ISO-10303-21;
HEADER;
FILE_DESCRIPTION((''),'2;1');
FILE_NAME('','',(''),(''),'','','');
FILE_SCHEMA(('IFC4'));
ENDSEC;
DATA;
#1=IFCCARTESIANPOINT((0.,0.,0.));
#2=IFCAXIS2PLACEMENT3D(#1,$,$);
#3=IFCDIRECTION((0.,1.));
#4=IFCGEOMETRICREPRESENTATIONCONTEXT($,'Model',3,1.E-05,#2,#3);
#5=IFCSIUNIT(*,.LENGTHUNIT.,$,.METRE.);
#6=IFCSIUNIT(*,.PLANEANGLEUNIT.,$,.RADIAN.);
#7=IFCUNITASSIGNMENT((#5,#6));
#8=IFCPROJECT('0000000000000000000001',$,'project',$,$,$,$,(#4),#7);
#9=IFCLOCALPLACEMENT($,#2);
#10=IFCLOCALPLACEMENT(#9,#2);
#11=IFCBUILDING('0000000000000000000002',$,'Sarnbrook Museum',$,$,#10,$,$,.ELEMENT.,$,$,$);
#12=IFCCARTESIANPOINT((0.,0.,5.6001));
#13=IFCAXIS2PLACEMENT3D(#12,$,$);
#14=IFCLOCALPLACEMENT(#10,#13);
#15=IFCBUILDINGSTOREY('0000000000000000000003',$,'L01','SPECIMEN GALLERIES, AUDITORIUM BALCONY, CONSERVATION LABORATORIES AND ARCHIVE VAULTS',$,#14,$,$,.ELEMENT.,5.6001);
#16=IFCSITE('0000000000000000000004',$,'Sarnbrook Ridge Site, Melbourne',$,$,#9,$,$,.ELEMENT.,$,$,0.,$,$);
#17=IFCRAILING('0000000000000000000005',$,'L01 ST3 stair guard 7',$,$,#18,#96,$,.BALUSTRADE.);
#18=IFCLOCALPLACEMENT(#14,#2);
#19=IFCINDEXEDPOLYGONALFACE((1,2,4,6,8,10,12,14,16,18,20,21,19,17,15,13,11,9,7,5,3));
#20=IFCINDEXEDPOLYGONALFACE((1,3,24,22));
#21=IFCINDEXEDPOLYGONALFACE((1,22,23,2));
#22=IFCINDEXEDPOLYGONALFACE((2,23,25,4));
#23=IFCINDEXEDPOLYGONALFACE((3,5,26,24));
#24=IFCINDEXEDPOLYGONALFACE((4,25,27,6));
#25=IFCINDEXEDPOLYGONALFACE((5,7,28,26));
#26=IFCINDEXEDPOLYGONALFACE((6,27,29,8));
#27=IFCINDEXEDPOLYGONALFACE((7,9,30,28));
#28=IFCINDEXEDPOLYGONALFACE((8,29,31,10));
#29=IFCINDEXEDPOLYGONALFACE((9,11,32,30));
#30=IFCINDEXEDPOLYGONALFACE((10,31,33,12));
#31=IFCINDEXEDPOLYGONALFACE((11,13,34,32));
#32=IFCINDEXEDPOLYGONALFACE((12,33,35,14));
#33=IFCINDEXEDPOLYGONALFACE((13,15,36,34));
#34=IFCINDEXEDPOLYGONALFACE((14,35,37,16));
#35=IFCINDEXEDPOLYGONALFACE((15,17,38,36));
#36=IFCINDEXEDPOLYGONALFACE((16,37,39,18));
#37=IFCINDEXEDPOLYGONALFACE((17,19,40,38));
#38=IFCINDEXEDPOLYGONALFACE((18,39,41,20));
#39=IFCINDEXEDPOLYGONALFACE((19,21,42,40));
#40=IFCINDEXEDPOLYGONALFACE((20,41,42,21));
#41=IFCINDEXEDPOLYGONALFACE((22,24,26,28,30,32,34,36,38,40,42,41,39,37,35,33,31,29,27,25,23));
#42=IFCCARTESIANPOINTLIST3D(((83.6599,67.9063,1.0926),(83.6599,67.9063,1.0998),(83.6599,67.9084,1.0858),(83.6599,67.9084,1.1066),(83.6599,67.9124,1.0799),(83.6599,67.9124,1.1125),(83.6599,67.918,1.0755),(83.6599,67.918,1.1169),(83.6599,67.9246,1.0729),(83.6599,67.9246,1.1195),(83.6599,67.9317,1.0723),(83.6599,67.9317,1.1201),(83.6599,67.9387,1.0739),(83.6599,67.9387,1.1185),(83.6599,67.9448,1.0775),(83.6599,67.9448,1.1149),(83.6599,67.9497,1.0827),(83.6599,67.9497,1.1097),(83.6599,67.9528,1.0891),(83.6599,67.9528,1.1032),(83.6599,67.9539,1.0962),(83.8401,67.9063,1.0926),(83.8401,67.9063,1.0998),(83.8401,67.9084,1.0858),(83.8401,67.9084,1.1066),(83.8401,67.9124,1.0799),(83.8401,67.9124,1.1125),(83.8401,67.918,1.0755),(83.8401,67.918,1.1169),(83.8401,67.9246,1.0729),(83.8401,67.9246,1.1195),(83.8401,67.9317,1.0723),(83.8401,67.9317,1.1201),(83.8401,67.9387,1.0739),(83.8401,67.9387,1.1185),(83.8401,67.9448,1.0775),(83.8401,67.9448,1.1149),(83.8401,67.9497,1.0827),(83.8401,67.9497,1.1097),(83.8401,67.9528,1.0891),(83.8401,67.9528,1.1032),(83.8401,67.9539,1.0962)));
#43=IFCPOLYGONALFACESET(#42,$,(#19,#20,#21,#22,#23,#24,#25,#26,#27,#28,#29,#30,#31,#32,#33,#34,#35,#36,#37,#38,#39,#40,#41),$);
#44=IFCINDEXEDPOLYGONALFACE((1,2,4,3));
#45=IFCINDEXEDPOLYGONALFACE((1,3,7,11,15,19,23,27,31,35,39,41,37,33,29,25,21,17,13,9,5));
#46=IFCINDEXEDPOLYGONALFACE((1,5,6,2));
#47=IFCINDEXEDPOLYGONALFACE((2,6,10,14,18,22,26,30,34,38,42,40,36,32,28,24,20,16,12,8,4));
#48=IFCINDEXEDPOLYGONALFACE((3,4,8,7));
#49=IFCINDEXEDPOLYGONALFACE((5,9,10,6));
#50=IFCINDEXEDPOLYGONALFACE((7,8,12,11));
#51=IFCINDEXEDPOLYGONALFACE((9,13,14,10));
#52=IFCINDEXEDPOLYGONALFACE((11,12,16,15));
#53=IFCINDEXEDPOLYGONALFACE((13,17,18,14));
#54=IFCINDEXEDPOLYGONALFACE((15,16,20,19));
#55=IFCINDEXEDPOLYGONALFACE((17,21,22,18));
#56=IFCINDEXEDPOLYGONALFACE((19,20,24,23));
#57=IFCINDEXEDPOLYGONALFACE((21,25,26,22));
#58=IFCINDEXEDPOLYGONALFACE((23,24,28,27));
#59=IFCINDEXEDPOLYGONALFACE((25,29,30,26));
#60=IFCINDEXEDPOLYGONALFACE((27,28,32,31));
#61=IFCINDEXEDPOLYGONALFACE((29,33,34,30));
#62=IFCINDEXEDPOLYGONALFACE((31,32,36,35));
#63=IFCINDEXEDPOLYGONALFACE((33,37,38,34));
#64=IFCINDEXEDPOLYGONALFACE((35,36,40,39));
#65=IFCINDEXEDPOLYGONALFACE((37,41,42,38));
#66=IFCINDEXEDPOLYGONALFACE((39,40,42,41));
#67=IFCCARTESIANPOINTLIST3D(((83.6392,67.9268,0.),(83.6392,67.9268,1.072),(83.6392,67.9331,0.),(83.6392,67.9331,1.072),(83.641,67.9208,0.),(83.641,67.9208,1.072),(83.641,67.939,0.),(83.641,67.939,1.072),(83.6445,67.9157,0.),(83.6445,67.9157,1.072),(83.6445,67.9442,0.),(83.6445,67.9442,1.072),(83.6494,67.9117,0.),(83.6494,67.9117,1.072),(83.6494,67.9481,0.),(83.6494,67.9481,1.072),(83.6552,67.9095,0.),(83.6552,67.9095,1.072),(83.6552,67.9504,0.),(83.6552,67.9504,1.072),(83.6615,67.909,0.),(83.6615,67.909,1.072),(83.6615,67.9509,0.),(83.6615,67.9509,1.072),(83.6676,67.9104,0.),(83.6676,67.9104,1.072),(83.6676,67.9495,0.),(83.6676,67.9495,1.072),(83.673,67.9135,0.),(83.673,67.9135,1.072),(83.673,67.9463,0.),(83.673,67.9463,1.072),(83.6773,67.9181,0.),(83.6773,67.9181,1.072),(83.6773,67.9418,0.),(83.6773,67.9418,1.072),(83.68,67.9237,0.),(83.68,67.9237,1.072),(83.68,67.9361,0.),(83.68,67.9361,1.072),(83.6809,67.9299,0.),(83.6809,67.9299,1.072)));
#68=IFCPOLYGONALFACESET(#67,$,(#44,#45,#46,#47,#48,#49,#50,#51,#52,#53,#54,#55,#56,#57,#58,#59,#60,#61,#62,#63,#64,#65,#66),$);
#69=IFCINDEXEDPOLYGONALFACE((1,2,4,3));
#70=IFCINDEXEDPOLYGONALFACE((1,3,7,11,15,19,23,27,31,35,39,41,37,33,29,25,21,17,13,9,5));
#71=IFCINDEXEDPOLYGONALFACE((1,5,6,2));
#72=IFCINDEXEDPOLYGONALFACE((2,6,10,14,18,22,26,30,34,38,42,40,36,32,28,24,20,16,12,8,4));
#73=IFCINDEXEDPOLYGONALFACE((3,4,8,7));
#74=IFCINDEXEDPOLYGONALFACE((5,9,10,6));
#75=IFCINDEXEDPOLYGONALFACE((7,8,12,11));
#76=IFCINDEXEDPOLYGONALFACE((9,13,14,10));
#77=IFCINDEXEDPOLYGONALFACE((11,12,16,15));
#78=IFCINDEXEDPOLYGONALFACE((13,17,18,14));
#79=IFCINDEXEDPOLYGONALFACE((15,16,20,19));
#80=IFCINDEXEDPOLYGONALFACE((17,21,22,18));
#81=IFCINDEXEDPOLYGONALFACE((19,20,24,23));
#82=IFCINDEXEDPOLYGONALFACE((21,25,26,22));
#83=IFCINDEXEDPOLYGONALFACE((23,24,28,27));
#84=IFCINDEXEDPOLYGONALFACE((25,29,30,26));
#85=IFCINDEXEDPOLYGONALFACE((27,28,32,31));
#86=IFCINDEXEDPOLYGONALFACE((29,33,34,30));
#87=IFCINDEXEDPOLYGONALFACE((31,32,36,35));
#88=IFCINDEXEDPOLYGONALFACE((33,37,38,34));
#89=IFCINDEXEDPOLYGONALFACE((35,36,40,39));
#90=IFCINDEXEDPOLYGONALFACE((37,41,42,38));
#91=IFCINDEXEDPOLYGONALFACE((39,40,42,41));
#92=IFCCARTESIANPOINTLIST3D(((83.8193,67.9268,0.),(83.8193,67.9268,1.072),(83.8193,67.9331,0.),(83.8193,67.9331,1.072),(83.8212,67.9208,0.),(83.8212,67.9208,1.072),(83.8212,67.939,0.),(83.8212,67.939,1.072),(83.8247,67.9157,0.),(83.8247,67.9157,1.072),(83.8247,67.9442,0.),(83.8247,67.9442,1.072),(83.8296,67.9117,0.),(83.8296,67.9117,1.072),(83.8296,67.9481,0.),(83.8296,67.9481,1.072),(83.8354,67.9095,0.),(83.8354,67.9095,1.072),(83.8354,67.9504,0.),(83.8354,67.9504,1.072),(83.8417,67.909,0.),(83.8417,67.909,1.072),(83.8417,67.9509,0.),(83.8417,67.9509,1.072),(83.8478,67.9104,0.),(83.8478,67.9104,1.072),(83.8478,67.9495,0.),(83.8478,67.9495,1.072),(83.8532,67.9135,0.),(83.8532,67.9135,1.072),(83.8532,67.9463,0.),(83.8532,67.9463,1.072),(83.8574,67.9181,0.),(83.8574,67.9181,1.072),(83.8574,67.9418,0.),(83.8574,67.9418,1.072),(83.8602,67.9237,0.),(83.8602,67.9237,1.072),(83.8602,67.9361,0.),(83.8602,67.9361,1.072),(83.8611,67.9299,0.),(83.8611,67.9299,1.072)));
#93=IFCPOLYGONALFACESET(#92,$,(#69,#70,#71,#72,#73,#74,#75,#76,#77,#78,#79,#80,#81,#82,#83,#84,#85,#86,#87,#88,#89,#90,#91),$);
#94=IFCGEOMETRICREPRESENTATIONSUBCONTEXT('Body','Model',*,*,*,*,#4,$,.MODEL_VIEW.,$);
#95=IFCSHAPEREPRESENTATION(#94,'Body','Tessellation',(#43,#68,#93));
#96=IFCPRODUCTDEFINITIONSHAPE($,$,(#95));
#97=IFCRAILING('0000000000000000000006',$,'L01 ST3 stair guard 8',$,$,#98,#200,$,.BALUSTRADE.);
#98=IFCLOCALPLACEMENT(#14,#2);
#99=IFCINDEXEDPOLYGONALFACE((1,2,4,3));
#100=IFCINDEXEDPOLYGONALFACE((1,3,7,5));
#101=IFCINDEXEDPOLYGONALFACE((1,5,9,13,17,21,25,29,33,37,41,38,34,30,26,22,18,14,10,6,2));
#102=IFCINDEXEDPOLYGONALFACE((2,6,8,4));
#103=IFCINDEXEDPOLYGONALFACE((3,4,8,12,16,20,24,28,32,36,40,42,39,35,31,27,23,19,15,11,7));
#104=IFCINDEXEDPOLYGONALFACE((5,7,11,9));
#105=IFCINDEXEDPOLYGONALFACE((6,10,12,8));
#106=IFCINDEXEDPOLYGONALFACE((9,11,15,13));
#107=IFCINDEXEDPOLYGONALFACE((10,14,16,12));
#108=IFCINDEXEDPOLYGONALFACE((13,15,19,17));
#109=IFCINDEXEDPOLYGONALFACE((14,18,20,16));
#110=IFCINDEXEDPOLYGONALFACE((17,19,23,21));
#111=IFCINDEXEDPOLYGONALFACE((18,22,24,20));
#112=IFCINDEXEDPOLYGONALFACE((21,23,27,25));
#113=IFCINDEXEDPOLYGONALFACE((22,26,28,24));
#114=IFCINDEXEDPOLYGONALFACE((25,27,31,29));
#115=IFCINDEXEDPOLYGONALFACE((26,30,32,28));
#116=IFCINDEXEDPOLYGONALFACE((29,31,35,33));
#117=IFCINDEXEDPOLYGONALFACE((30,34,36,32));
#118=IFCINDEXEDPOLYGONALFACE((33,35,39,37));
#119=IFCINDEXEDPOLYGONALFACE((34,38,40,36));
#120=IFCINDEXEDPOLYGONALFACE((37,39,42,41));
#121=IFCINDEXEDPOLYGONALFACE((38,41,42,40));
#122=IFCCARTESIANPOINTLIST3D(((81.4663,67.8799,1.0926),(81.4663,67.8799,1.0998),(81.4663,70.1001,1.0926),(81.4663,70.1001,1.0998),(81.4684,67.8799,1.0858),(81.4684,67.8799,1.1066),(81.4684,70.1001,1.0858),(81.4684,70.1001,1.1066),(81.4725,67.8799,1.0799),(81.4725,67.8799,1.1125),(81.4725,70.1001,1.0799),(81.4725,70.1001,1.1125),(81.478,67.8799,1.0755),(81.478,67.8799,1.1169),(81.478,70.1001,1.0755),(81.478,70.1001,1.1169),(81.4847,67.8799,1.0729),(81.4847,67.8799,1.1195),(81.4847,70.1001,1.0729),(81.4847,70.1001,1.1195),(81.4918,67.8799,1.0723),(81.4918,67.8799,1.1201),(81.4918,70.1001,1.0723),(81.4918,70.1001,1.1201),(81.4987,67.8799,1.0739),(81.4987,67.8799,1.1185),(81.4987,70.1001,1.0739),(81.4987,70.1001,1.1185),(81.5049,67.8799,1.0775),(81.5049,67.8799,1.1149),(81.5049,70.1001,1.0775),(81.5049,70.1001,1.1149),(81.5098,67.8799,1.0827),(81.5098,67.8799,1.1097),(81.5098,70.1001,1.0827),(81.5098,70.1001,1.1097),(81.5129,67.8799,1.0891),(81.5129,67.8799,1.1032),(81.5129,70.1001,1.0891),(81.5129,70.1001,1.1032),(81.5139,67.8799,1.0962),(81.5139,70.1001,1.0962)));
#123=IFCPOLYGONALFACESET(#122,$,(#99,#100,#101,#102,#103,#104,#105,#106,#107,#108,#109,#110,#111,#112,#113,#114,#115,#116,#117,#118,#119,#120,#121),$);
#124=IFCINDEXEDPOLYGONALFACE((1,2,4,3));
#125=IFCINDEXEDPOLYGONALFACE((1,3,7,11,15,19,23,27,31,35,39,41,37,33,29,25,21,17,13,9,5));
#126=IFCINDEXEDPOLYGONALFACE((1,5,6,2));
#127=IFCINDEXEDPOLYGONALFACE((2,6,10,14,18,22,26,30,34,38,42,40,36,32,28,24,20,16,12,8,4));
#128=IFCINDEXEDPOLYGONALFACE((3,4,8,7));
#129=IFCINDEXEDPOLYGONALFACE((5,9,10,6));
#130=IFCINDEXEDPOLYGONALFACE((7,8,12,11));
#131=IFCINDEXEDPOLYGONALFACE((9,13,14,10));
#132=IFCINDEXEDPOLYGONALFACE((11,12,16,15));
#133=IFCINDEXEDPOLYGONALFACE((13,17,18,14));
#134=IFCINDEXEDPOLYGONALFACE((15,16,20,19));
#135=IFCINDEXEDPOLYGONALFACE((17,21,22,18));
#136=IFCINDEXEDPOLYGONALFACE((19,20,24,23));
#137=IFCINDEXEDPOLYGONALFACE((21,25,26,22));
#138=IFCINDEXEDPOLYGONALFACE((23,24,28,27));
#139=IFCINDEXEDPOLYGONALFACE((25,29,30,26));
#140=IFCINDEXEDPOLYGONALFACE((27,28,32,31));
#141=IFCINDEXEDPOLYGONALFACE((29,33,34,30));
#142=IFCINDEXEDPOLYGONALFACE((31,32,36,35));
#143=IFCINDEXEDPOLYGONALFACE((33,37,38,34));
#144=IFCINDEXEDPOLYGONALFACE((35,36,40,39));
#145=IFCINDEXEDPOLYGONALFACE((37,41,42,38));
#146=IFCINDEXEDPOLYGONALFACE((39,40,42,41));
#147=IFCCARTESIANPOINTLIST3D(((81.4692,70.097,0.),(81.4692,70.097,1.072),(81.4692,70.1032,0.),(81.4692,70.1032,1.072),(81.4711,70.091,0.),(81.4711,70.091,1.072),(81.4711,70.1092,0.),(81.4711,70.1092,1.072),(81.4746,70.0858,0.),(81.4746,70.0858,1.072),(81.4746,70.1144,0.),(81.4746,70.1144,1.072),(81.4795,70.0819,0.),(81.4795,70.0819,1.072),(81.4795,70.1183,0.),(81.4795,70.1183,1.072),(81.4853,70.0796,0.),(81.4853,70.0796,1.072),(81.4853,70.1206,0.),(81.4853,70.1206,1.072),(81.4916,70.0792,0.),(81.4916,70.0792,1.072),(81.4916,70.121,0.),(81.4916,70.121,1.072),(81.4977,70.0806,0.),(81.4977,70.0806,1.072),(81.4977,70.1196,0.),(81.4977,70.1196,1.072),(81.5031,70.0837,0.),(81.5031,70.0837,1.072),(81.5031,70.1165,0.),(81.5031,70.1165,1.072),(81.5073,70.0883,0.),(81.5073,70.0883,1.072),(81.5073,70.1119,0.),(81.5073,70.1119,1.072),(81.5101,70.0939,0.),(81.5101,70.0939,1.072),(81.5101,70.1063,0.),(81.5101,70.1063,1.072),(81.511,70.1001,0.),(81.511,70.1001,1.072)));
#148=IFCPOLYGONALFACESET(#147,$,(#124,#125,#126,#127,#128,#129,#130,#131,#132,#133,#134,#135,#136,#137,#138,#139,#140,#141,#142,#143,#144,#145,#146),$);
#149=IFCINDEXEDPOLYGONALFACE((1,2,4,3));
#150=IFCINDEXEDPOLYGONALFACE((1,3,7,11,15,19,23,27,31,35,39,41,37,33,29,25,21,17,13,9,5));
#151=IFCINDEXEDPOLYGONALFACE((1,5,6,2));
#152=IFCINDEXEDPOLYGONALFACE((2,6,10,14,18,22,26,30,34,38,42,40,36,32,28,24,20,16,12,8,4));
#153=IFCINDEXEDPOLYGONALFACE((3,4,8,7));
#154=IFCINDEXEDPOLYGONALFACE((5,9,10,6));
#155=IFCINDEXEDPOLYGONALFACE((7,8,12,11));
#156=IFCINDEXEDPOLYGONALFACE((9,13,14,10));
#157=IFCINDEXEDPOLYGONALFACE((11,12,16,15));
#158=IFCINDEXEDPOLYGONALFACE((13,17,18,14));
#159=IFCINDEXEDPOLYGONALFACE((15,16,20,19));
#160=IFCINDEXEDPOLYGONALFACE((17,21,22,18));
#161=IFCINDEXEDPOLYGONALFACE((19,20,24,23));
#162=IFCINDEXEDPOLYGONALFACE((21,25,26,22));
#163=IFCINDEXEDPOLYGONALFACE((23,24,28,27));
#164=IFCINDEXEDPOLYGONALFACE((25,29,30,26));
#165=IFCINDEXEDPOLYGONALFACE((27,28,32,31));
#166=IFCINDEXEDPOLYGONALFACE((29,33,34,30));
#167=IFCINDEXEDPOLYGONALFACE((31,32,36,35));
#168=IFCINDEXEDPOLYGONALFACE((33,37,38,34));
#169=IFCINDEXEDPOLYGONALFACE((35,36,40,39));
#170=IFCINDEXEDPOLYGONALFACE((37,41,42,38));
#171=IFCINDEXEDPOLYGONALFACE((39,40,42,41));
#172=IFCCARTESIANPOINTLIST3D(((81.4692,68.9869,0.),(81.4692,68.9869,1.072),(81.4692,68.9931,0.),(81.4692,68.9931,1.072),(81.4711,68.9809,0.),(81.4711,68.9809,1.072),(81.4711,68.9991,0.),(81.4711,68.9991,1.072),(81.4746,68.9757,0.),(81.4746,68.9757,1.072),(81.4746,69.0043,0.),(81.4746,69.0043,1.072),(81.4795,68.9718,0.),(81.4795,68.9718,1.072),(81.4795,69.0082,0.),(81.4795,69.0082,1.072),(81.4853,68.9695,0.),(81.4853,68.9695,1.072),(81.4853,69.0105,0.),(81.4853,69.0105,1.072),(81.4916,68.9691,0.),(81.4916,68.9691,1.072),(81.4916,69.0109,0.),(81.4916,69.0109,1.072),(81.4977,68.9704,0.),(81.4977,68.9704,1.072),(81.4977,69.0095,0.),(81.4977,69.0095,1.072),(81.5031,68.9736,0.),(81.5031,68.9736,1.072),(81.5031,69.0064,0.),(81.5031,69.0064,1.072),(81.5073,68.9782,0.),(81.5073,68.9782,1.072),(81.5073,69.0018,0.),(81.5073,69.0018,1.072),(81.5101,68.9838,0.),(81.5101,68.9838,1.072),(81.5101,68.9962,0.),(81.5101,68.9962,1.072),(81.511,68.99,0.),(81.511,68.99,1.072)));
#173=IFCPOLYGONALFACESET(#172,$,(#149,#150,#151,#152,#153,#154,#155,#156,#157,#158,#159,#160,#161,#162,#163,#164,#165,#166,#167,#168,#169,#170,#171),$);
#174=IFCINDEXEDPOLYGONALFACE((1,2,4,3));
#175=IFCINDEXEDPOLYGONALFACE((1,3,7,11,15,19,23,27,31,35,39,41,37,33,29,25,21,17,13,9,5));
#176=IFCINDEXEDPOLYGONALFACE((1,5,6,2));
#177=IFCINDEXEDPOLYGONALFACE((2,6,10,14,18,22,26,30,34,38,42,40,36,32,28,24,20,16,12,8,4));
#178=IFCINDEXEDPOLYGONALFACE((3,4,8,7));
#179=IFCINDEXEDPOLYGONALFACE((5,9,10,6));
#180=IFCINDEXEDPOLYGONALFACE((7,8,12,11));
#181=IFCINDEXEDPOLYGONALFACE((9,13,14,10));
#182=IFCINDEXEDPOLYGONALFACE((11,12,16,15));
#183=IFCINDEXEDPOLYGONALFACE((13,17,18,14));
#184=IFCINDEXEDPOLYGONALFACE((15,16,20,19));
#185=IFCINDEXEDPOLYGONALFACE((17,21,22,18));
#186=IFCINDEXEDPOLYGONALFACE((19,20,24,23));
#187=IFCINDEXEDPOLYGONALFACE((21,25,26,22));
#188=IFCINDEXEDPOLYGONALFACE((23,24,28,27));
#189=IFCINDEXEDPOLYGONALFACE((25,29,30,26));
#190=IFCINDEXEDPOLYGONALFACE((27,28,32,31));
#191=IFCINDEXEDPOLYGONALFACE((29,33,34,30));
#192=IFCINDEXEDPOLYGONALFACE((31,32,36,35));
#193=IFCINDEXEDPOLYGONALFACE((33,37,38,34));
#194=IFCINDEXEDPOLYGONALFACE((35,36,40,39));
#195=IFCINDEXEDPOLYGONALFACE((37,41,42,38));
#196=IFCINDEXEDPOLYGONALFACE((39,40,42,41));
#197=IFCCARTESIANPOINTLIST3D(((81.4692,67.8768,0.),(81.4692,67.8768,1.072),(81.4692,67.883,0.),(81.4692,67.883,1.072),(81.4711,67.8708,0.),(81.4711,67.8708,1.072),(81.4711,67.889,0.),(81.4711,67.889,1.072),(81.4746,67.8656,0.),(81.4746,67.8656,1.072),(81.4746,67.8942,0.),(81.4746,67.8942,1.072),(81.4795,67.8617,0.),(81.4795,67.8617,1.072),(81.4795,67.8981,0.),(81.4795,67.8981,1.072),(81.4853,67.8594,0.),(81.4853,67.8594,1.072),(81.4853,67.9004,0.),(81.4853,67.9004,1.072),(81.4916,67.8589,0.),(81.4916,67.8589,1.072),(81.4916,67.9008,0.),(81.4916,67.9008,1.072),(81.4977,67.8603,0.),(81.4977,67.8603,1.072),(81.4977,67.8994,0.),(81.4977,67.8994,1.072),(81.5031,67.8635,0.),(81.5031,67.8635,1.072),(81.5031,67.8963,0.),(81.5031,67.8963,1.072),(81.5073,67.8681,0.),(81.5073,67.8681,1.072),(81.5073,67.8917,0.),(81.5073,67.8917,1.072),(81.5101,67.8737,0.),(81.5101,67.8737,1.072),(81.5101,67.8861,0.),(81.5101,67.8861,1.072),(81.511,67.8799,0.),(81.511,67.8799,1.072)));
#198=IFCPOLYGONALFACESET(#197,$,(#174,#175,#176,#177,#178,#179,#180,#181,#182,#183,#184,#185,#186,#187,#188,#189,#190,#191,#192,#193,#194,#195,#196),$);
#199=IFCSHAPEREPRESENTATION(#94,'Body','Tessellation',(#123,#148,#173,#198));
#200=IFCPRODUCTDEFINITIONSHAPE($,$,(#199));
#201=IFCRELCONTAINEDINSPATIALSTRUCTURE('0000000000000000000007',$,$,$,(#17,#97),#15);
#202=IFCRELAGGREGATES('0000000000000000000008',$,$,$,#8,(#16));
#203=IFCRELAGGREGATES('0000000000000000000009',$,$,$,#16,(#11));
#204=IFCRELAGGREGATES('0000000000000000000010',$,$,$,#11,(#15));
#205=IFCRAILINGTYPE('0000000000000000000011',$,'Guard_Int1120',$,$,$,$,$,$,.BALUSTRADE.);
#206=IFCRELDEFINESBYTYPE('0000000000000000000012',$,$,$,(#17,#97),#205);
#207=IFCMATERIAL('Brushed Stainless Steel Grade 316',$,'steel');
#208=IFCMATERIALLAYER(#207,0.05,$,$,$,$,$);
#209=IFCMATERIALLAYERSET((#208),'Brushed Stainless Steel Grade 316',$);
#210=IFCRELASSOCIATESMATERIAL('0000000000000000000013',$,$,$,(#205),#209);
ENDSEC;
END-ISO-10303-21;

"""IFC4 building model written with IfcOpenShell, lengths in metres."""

from ifc_helpers import new_model, si_unit, direction, frame, origin, origin_2d, place, context, subcontext, project, spatial, circle, extrude, material, layer, layer_set, type_object, element, save


model = new_model("IFC4")

# Units and contexts
model_context = context("Model", 3, precision=1e-05, world=origin(), true_north=direction((0.0, 1.0)))
body_context = subcontext(model_context, "Body", "Model", "MODEL_VIEW")
ifc_project = project(units=[si_unit("LENGTHUNIT", "METRE"), si_unit("PLANEANGLEUNIT", "RADIAN")], contexts=[model_context])

# Site, building, storey
site_placement = place(None, origin())
site = spatial("IfcSite", under=ifc_project, at=site_placement, Name="Sarnbrook Ridge Site, Melbourne", CompositionType="ELEMENT", RefElevation=0.0)
building_placement = place(site_placement, origin())
building = spatial("IfcBuilding", under=site, at=building_placement, Name="Sarnbrook Museum", CompositionType="ELEMENT")
storey_placement = place(building_placement, frame((0.0, 0.0, 5.6001)))
storey = spatial("IfcBuildingStorey", under=building, at=storey_placement, Name="L01", Description="SPECIMEN GALLERIES, AUDITORIUM BALCONY, CONSERVATION LABORATORIES AND ARCHIVE VAULTS", CompositionType="ELEMENT", Elevation=5.6001)

# Shared definitions
ifc_material_1 = material(Name="Brushed Stainless Steel Grade 316", Category="steel")

# Railings
ifc_layer_1 = layer(ifc_material_1, 0.05)
ifc_layer_set_1 = layer_set([ifc_layer_1], Name="Brushed Stainless Steel Grade 316")
railing_type_1 = type_object("IfcRailingType", Name="Guard_Int1120", PredefinedType="BALUSTRADE", material=ifc_layer_set_1)
railing_1_placement = place(storey_placement, frame((83.6599, 67.9299, 0.0)))
element("IfcRailing", 1, at=railing_1_placement, inside=storey, type_object=railing_type_1, Name="L01 ST3 stair guard 7", PredefinedType="BALUSTRADE", context=body_context, shape_type="SweptSolid", body=[
    extrude(circle(Radius=0.0239, at=origin_2d()), frame((0.0, 0.0, 1.0962), z_axis=(1.0, 0.0, 0.0), x_axis=(0.0, 1.0, 0.0)), (0.0, 0.0, 1.0), 0.1802),
    extrude(circle(Radius=0.021, at=origin_2d()), origin(), (0.0, 0.0, 1.0), 1.072),
    extrude(circle(Radius=0.021, at=origin_2d()), frame((0.1802, 0.0, 0.0)), (0.0, 0.0, 1.0), 1.072),
])
for number, where, name in (
    (2, (81.49, 70.1001, 0.0), "L01 ST3 stair guard 8"),
):
    element("IfcRailing", number, at=place(storey_placement, frame(where)), inside=storey, type_object=railing_type_1, Name=name, PredefinedType="BALUSTRADE", context=body_context, shape_type="SweptSolid", body=[
        extrude(circle(Radius=0.0239, at=origin_2d()), frame((0.0, 0.0, 1.0962), z_axis=(0.0, -1.0, 0.0), x_axis=(1.0, 0.0, 0.0)), (0.0, 0.0, 1.0), 2.2202),
        extrude(circle(Radius=0.021, at=origin_2d()), origin(), (0.0, 0.0, 1.0), 1.072),
        extrude(circle(Radius=0.021, at=origin_2d()), frame((0.0, -1.1101, 0.0)), (0.0, 0.0, 1.0), 1.072),
        extrude(circle(Radius=0.021, at=origin_2d()), frame((0.0, -2.2202, 0.0)), (0.0, 0.0, 1.0), 1.072),
    ])

save(model, "model.ifc")
